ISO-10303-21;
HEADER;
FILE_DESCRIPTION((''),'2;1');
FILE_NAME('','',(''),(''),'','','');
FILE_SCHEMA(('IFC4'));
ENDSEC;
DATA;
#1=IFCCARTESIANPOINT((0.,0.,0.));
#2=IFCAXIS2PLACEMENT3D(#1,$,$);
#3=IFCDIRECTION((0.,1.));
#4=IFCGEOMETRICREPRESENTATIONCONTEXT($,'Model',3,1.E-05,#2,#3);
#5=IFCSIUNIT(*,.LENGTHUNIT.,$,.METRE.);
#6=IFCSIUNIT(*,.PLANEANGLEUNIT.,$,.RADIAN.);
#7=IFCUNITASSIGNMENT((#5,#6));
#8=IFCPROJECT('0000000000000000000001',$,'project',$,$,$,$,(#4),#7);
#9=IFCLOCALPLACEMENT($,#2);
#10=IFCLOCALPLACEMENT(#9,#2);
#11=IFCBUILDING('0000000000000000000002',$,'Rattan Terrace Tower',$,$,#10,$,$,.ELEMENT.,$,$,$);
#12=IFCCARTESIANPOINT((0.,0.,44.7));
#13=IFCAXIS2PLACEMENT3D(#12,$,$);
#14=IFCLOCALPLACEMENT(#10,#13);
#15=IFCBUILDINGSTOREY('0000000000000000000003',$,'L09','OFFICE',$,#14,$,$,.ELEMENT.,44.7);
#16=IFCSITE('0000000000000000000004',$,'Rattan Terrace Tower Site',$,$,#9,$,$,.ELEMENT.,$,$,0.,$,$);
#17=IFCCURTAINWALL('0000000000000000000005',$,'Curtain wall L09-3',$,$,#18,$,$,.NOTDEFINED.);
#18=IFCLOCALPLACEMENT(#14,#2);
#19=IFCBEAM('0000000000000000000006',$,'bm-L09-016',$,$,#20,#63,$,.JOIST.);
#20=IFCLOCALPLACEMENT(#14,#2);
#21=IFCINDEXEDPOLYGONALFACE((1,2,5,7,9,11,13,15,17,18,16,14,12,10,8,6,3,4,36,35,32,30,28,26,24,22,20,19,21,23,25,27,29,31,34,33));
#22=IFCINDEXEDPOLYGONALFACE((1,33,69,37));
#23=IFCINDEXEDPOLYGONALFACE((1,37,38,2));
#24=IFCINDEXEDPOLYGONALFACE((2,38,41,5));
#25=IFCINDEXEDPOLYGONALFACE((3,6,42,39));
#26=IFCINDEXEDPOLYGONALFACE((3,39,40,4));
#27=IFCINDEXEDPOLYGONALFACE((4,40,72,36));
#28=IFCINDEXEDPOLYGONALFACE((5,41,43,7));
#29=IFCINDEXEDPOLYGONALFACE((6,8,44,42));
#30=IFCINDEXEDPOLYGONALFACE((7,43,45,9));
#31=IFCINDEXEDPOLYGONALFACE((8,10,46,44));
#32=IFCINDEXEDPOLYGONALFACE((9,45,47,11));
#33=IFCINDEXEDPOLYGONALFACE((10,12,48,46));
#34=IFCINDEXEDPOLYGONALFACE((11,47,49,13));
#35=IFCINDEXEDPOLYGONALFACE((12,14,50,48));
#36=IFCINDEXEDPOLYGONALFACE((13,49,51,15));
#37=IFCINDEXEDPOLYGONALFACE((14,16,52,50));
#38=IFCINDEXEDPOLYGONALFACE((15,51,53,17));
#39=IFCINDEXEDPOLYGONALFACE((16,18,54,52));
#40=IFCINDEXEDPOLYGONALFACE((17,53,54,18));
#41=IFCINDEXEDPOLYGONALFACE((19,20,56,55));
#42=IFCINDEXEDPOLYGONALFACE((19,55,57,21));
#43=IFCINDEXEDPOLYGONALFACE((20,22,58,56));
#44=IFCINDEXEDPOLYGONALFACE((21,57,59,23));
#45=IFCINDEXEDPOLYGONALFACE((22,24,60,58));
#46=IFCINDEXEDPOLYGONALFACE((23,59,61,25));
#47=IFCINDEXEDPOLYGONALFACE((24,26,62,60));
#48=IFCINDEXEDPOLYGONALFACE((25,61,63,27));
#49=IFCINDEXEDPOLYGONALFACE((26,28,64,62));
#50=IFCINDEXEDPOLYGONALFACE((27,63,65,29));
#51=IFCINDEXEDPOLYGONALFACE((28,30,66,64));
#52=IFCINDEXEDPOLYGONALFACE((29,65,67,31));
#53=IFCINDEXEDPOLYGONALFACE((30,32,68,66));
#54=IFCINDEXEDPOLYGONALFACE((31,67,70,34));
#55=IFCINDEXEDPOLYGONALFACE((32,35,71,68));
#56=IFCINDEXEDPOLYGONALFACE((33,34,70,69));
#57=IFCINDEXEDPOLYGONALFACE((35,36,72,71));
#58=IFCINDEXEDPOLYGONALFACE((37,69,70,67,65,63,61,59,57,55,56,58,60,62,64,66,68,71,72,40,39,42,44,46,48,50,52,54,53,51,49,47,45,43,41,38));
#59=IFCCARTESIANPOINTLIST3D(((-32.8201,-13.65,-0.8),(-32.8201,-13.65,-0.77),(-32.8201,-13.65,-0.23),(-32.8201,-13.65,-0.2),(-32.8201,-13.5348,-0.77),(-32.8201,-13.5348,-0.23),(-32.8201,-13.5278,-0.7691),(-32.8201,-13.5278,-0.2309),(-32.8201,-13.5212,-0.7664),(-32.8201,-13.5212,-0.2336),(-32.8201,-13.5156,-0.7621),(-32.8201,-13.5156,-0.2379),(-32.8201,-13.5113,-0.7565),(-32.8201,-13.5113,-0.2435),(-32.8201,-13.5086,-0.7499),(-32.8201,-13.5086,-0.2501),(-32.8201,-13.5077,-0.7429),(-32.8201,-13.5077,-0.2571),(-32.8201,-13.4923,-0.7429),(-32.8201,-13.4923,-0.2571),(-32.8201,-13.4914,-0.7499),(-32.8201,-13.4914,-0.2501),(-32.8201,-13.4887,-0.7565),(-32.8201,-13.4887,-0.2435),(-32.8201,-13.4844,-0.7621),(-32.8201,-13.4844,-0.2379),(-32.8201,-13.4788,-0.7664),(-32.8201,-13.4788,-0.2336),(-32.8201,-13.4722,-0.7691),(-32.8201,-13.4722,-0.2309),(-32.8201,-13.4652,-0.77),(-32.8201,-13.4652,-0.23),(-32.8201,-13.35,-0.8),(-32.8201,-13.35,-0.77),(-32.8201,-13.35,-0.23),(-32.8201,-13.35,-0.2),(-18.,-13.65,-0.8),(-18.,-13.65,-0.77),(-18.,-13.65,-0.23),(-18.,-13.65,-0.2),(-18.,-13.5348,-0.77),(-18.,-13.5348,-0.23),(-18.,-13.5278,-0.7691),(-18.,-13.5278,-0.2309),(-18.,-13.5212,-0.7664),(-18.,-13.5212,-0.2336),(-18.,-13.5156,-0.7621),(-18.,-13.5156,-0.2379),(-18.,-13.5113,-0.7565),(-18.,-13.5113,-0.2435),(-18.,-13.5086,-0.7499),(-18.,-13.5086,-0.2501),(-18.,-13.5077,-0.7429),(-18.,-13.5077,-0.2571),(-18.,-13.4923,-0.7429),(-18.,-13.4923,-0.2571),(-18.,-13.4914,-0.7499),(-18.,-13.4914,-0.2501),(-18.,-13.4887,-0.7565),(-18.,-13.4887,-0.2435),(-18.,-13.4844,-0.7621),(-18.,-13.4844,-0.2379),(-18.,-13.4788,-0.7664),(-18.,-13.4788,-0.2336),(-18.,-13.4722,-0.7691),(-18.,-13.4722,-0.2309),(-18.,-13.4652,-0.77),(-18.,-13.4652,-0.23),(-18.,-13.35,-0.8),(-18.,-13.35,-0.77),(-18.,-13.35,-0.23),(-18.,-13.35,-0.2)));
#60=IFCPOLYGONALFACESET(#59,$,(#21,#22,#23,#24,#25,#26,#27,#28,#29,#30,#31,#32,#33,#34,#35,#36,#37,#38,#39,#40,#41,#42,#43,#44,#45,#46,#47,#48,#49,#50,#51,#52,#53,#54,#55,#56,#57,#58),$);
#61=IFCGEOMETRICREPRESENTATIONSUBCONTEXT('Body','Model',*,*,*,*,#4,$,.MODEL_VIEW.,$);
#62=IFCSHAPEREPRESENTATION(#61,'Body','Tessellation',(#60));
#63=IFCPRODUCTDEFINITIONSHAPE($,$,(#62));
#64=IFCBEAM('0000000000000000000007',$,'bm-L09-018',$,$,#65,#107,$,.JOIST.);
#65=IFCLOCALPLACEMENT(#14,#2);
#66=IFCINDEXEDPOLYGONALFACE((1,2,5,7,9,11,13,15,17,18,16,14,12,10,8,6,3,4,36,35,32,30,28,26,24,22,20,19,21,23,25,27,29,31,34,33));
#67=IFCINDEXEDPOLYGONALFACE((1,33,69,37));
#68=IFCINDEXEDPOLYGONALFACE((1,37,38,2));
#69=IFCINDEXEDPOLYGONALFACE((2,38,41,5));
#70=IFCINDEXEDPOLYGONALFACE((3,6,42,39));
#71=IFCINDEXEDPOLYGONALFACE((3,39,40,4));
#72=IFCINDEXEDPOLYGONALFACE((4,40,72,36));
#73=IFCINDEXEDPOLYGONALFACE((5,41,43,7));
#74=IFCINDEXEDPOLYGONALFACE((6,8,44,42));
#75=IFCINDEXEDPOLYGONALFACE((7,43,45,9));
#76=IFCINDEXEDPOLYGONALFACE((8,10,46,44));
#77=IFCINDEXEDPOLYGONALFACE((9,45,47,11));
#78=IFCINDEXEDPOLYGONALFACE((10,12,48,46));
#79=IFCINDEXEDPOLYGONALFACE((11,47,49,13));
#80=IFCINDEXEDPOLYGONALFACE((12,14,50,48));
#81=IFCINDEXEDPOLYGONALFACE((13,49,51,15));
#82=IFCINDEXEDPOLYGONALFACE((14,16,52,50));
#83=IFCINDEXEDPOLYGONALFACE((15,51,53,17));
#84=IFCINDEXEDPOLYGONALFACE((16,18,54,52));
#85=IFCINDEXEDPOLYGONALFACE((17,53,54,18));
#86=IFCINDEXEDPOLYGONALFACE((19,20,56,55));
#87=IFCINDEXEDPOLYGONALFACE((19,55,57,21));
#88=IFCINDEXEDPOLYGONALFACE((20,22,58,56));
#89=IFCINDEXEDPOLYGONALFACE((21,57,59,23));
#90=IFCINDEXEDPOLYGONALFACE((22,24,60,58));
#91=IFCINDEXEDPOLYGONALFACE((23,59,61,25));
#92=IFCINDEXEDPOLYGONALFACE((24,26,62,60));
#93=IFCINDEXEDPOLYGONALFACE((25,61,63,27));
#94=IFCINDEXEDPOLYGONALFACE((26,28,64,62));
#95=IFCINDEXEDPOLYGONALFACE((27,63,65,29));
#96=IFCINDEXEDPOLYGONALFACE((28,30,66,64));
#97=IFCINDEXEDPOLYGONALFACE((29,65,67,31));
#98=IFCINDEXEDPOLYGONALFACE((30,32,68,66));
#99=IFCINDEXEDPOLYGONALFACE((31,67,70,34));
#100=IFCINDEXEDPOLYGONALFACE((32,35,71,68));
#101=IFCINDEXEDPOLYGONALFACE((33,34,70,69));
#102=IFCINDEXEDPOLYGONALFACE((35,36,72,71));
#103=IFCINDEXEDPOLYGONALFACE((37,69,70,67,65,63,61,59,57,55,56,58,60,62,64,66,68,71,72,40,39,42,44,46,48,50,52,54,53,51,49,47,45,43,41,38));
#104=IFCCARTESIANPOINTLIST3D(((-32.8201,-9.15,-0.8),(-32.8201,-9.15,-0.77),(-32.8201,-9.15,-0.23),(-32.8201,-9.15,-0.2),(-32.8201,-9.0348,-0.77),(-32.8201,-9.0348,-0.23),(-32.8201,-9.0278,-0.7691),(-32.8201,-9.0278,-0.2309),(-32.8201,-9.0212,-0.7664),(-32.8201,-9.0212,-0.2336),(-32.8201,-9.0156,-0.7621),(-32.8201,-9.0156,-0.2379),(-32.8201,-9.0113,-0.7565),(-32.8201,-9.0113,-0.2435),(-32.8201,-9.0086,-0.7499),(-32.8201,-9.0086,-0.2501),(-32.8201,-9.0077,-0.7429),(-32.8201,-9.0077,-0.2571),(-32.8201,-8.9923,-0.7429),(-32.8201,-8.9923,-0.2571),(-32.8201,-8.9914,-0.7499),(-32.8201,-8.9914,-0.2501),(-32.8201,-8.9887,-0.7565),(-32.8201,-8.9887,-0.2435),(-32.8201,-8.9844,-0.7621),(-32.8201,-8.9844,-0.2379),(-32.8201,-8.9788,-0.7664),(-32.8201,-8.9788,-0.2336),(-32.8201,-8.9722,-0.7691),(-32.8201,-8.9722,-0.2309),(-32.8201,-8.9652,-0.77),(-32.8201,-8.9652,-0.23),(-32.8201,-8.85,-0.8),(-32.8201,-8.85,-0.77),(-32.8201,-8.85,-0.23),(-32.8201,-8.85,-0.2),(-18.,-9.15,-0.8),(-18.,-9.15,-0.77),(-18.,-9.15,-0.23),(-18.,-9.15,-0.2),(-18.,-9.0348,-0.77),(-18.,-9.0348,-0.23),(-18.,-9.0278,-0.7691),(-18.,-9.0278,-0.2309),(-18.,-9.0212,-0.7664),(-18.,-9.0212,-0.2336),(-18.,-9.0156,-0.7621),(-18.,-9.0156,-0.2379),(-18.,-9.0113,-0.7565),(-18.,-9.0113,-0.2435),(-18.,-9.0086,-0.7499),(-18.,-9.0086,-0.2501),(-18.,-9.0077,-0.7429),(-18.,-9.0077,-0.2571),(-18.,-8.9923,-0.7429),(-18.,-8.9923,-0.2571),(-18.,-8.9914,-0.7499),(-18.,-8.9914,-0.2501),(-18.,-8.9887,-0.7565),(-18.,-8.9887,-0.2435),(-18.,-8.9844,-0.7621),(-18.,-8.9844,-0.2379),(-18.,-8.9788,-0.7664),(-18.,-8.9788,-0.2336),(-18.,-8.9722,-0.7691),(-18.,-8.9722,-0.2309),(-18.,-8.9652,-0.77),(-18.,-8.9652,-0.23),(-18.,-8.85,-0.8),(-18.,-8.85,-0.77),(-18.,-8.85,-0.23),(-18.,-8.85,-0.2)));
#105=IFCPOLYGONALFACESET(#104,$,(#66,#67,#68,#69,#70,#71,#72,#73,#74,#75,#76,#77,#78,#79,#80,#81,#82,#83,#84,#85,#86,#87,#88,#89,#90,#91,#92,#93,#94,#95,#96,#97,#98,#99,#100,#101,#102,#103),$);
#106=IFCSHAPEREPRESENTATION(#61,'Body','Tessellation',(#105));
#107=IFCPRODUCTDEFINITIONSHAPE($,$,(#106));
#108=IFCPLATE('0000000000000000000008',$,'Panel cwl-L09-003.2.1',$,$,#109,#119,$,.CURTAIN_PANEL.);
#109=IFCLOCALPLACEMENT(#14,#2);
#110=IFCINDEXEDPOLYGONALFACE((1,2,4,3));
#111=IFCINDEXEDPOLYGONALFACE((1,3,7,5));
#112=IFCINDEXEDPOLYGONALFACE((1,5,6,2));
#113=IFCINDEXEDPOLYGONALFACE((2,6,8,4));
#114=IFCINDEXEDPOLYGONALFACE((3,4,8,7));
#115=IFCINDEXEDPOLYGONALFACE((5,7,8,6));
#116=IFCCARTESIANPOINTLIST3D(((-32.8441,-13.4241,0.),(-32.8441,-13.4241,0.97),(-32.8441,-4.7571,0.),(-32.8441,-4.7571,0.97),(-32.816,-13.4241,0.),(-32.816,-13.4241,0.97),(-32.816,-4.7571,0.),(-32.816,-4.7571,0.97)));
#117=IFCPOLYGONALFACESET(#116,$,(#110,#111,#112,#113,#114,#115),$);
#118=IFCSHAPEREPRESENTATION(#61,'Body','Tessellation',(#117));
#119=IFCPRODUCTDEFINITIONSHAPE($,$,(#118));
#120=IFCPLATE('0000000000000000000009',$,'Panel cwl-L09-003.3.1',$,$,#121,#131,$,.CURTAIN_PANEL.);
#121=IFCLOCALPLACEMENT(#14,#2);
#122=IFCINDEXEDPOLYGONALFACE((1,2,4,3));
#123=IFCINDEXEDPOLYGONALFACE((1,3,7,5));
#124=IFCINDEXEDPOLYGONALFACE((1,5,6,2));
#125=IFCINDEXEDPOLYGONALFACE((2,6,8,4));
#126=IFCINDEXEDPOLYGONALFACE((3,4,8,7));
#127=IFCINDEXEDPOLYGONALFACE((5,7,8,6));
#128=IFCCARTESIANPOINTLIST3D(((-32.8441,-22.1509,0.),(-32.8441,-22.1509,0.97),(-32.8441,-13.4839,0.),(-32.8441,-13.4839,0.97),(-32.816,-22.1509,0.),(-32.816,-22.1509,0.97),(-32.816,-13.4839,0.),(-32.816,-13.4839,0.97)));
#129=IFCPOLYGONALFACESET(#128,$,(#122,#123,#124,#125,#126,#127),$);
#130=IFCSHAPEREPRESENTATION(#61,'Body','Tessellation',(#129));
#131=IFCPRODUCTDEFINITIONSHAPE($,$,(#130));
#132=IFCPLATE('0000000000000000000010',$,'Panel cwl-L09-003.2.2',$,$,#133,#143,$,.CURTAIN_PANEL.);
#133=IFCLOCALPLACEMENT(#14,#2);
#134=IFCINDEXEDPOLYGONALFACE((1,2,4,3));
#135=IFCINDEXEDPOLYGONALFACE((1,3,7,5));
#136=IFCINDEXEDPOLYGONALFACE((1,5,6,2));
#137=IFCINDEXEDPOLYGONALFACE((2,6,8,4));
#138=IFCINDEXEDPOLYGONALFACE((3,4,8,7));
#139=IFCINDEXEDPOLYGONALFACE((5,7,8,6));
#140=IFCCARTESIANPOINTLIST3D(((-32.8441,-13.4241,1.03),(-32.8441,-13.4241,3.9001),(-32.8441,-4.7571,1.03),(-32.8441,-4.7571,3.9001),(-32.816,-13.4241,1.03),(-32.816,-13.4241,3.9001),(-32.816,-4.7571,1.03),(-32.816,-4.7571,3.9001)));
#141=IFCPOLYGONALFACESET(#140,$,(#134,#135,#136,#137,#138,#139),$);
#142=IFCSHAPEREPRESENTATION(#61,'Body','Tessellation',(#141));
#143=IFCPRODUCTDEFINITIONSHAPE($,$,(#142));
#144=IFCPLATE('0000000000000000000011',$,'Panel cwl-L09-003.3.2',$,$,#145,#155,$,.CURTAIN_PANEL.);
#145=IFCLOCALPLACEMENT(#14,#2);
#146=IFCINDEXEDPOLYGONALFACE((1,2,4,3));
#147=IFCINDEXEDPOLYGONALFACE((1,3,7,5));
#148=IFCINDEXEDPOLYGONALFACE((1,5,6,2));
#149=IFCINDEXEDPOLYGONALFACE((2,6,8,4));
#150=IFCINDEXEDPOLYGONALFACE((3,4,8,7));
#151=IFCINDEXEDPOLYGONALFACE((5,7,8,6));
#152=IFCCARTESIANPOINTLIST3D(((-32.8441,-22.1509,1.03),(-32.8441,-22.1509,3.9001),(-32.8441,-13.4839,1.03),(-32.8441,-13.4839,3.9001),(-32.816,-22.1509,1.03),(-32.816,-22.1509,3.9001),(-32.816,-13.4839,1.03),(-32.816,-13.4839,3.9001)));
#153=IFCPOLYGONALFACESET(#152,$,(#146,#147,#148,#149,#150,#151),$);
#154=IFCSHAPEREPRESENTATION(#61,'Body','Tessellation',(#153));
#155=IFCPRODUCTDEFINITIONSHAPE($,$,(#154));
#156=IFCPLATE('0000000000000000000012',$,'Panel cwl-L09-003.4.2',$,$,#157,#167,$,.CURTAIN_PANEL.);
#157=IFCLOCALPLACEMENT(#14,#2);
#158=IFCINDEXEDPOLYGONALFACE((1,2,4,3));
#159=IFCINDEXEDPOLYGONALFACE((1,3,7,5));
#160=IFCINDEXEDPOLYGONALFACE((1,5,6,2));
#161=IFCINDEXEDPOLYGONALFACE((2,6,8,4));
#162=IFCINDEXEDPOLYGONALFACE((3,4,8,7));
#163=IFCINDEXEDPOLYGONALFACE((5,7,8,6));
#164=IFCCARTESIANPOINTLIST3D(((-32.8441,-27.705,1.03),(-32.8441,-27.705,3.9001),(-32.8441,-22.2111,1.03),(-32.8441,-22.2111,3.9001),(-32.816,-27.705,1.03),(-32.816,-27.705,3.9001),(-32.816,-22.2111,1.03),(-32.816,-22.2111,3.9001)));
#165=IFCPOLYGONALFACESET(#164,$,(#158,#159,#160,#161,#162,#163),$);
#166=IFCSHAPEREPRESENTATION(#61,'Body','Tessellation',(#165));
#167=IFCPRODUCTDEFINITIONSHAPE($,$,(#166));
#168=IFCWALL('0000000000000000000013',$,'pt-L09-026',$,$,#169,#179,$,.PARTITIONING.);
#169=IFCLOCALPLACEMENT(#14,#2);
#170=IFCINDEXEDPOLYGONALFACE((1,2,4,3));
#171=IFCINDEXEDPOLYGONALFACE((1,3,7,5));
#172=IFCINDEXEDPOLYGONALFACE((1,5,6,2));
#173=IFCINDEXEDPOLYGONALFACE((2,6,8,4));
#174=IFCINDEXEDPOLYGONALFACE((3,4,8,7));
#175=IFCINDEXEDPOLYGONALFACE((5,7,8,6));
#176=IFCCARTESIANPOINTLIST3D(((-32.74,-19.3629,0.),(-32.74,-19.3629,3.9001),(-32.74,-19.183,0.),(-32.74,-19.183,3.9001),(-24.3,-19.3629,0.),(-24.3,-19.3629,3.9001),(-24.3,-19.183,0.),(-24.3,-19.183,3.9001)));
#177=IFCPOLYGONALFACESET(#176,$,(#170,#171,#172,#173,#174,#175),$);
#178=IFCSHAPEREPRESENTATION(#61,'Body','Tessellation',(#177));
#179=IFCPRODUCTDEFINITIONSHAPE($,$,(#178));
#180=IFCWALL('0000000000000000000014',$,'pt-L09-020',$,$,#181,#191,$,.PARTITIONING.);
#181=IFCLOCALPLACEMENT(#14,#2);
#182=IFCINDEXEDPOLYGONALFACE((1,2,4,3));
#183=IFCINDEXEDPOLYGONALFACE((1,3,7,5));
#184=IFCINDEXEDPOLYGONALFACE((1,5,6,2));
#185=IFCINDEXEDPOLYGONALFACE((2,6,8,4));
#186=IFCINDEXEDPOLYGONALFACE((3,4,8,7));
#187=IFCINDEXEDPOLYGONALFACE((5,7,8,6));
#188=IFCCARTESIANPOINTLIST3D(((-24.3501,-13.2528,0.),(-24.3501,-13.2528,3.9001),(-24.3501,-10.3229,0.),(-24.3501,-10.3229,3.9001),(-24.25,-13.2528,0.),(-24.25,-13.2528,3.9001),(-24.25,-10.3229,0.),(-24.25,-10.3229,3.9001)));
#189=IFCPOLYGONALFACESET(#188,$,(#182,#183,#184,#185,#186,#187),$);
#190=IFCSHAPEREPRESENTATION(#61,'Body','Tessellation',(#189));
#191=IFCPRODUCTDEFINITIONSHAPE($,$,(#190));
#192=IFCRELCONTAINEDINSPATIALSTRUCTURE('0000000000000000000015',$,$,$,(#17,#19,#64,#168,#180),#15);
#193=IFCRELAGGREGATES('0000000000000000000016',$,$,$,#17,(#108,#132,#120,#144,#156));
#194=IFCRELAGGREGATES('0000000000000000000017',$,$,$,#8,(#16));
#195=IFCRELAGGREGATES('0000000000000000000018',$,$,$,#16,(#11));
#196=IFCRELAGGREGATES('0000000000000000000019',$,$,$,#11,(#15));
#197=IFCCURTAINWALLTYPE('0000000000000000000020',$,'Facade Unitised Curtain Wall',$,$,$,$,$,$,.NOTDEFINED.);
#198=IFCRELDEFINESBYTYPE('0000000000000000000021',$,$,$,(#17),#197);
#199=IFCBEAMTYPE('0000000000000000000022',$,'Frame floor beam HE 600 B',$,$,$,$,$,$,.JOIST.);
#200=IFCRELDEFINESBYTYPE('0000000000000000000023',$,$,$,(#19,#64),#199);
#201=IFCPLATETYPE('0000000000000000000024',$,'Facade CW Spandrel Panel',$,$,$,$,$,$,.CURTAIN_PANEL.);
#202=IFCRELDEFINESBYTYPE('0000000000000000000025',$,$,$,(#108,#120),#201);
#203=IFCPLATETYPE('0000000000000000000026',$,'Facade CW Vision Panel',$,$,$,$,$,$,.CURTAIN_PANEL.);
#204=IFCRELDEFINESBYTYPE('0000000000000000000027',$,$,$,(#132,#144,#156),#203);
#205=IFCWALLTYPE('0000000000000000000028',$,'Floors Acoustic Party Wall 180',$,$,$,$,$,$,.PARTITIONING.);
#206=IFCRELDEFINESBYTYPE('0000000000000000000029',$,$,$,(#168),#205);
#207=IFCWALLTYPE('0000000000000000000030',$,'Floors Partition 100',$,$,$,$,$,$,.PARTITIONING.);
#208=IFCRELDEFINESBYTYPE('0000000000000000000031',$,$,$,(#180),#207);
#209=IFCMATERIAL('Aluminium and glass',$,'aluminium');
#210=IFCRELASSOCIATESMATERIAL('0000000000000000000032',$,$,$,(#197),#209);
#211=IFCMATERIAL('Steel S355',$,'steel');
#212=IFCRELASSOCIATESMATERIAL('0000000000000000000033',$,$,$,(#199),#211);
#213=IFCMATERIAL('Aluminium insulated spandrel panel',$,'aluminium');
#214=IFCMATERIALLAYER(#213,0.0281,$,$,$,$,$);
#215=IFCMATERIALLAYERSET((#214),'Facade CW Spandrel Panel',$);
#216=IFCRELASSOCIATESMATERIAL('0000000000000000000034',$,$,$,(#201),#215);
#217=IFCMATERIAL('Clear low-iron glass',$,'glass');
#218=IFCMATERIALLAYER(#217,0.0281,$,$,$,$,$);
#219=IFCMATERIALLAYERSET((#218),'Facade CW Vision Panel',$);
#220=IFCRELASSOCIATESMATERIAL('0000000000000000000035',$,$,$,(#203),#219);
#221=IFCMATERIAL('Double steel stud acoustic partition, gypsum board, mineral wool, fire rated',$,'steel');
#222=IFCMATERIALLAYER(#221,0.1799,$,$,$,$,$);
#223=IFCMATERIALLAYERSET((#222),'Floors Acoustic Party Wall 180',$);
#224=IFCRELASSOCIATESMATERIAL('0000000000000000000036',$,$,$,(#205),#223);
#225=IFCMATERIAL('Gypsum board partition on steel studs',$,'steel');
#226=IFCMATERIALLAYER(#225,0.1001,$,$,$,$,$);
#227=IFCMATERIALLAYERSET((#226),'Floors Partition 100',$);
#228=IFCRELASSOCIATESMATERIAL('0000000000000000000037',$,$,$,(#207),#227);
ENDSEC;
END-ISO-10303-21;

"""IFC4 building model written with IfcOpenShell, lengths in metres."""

from ifc_helpers import new_model, si_unit, direction, frame, frame_2d, origin, origin_2d, place, context, subcontext, project, spatial, rectangle, i_section, extrude, material, layer, layer_set, material_profile, profile_set, type_object, element, aggregate, save


model = new_model("IFC4")

# Units and contexts
model_context = context("Model", 3, precision=1e-05, world=origin(), true_north=direction((0.0, 1.0)))
body_context = subcontext(model_context, "Body", "Model", "MODEL_VIEW")
ifc_project = project(units=[si_unit("LENGTHUNIT", "METRE"), si_unit("PLANEANGLEUNIT", "RADIAN")], contexts=[model_context])

# Site, building, storey
site_placement = place(None, origin())
site = spatial("IfcSite", under=ifc_project, at=site_placement, Name="Rattan Terrace Tower Site", CompositionType="ELEMENT", RefElevation=0.0)
building_placement = place(site_placement, origin())
building = spatial("IfcBuilding", under=site, at=building_placement, Name="Rattan Terrace Tower", CompositionType="ELEMENT")
storey_placement = place(building_placement, frame((0.0, 0.0, 44.7)))
storey = spatial("IfcBuildingStorey", under=building, at=storey_placement, Name="L09", Description="OFFICE", CompositionType="ELEMENT", Elevation=44.7)

# Curtain wall
ifc_material_1 = material(Name="Aluminium and glass", Category="aluminium")
curtain_wall_type = type_object("IfcCurtainWallType", Name="Facade Unitised Curtain Wall", PredefinedType="NOTDEFINED", material=ifc_material_1)
curtain_wall_placement = place(storey_placement, origin())
curtain_wall = element("IfcCurtainWall", 1, at=curtain_wall_placement, inside=storey, type_object=curtain_wall_type, Name="Curtain wall L09-3", PredefinedType="NOTDEFINED")

# Beams
ifc_material_2 = material(Name="Steel S355", Category="steel")
ifc_material_profile_1 = material_profile(ifc_material_2, i_section(OverallWidth=0.3, OverallDepth=0.6001, WebThickness=0.0154, FlangeThickness=0.03, FilletRadius=0.0271, at=origin_2d()), Name="HE 600 B")
ifc_profile_set_1 = profile_set([ifc_material_profile_1], Name="Steel S355")
beam_type_1 = type_object("IfcBeamType", Name="Frame floor beam HE 600 B", PredefinedType="JOIST", material=ifc_profile_set_1)
for number, where, z_axis, x_axis, name in (
    (2, (-32.8201, -13.5, -0.5), (1.0, 0.0, 0.0), (0.0, 1.0, 0.0), "bm-L09-016"),
    (3, (-32.8201, -9.0, -0.5), (1.0, 0.0, 0.0), (0.0, 1.0, 0.0), "bm-L09-018"),
):
    element("IfcBeam", number, at=place(storey_placement, frame(where, z_axis=z_axis, x_axis=x_axis)), inside=storey, type_object=beam_type_1, Name=name, PredefinedType="JOIST", context=body_context, shape_type="SweptSolid", body=[
        extrude(i_section(OverallWidth=0.3, OverallDepth=0.6001, WebThickness=0.0154, FlangeThickness=0.03, FilletRadius=0.0271, at=origin_2d()), origin(), (0.0, 0.0, 1.0), 14.8201),
    ])

# Plates
ifc_material_3 = material(Name="Aluminium insulated spandrel panel", Category="aluminium")
ifc_layer_1 = layer(ifc_material_3, 0.0281)
ifc_layer_set_1 = layer_set([ifc_layer_1], Name="Facade CW Spandrel Panel")
plate_type_1 = type_object("IfcPlateType", Name="Facade CW Spandrel Panel", PredefinedType="CURTAIN_PANEL", material=ifc_layer_set_1)
plate_1_placement = place(storey_placement, frame((-32.8301, -9.0906, 0.0), z_axis=(0.0, 0.0, 1.0), x_axis=(0.0, -1.0, 0.0)))
plate_1 = element("IfcPlate", 4, at=plate_1_placement, type_object=plate_type_1, Name="Panel cwl-L09-003.2.1", PredefinedType="CURTAIN_PANEL", context=body_context, shape_type="SweptSolid", body=[
    extrude(rectangle(XDim=8.667, YDim=0.0281, at=origin_2d()), origin(), (0.0, 0.0, 1.0), 0.97),
])
plate_2_placement = place(storey_placement, frame((-32.8301, -17.8174, 0.0), z_axis=(0.0, 0.0, 1.0), x_axis=(0.0, -1.0, 0.0)))
plate_2 = element("IfcPlate", 5, at=plate_2_placement, type_object=plate_type_1, Name="Panel cwl-L09-003.3.1", PredefinedType="CURTAIN_PANEL", context=body_context, shape_type="SweptSolid", body=[
    extrude(rectangle(XDim=8.667, YDim=0.0281, at=origin_2d()), origin(), (0.0, 0.0, 1.0), 0.97),
])
ifc_material_4 = material(Name="Clear low-iron glass", Category="glass")
ifc_layer_2 = layer(ifc_material_4, 0.0281)
ifc_layer_set_2 = layer_set([ifc_layer_2], Name="Facade CW Vision Panel")
plate_type_2 = type_object("IfcPlateType", Name="Facade CW Vision Panel", PredefinedType="CURTAIN_PANEL", material=ifc_layer_set_2)
plate_3_placement = place(storey_placement, frame((-32.8301, -9.0906, 1.03), z_axis=(0.0, 0.0, 1.0), x_axis=(0.0, -1.0, 0.0)))
plate_3 = element("IfcPlate", 6, at=plate_3_placement, type_object=plate_type_2, Name="Panel cwl-L09-003.2.2", PredefinedType="CURTAIN_PANEL", context=body_context, shape_type="SweptSolid", body=[
    extrude(rectangle(XDim=8.667, YDim=0.0281, at=origin_2d()), origin(), (0.0, 0.0, 1.0), 2.8701),
])
plate_4_placement = place(storey_placement, frame((-32.8301, -17.8174, 1.03), z_axis=(0.0, 0.0, 1.0), x_axis=(0.0, -1.0, 0.0)))
plate_4 = element("IfcPlate", 7, at=plate_4_placement, type_object=plate_type_2, Name="Panel cwl-L09-003.3.2", PredefinedType="CURTAIN_PANEL", context=body_context, shape_type="SweptSolid", body=[
    extrude(rectangle(XDim=8.667, YDim=0.0281, at=origin_2d()), origin(), (0.0, 0.0, 1.0), 2.8701),
])
plate_5_placement = place(storey_placement, frame((-32.8301, -24.958, 1.03), z_axis=(0.0, 0.0, 1.0), x_axis=(0.0, -1.0, 0.0)))
plate_5 = element("IfcPlate", 8, at=plate_5_placement, type_object=plate_type_2, Name="Panel cwl-L09-003.4.2", PredefinedType="CURTAIN_PANEL", context=body_context, shape_type="SweptSolid", body=[
    extrude(rectangle(XDim=5.4939, YDim=0.0281, at=origin_2d()), origin(), (0.0, 0.0, 1.0), 2.8701),
])
aggregate(curtain_wall, [plate_1, plate_3, plate_2, plate_4, plate_5])

# Walls
ifc_material_5 = material(Name="Double steel stud acoustic partition, gypsum board, mineral wool, fire rated", Category="steel")
ifc_layer_3 = layer(ifc_material_5, 0.1799)
ifc_layer_set_3 = layer_set([ifc_layer_3], Name="Floors Acoustic Party Wall 180")
wall_type_1 = type_object("IfcWallType", Name="Floors Acoustic Party Wall 180", PredefinedType="PARTITIONING", material=ifc_layer_set_3)
wall_1_placement = place(storey_placement, frame((-24.3, -19.2729, 0.0), z_axis=(0.0, 0.0, 1.0), x_axis=(-1.0, 0.0, 0.0)))
element("IfcWall", 9, at=wall_1_placement, inside=storey, type_object=wall_type_1, Name="pt-L09-026", PredefinedType="PARTITIONING", context=body_context, shape_type="SweptSolid", body=[
    extrude(rectangle(XDim=8.4399, YDim=0.1799, at=frame_2d((4.22, 0.0))), origin(), (0.0, 0.0, 1.0), 3.9001),
])
ifc_material_6 = material(Name="Gypsum board partition on steel studs", Category="steel")
ifc_layer_4 = layer(ifc_material_6, 0.1001)
ifc_layer_set_4 = layer_set([ifc_layer_4], Name="Floors Partition 100")
wall_type_2 = type_object("IfcWallType", Name="Floors Partition 100", PredefinedType="PARTITIONING", material=ifc_layer_set_4)
wall_2_placement = place(storey_placement, frame((-24.3, -10.323, 0.0), z_axis=(0.0, 0.0, 1.0), x_axis=(0.0, -1.0, 0.0)))
element("IfcWall", 10, at=wall_2_placement, inside=storey, type_object=wall_type_2, Name="pt-L09-020", PredefinedType="PARTITIONING", context=body_context, shape_type="SweptSolid", body=[
    extrude(rectangle(XDim=2.9299, YDim=0.1001, at=frame_2d((1.4648, 0.0))), origin(), (0.0, 0.0, 1.0), 3.9001),
])

save(model, "model.ifc")
